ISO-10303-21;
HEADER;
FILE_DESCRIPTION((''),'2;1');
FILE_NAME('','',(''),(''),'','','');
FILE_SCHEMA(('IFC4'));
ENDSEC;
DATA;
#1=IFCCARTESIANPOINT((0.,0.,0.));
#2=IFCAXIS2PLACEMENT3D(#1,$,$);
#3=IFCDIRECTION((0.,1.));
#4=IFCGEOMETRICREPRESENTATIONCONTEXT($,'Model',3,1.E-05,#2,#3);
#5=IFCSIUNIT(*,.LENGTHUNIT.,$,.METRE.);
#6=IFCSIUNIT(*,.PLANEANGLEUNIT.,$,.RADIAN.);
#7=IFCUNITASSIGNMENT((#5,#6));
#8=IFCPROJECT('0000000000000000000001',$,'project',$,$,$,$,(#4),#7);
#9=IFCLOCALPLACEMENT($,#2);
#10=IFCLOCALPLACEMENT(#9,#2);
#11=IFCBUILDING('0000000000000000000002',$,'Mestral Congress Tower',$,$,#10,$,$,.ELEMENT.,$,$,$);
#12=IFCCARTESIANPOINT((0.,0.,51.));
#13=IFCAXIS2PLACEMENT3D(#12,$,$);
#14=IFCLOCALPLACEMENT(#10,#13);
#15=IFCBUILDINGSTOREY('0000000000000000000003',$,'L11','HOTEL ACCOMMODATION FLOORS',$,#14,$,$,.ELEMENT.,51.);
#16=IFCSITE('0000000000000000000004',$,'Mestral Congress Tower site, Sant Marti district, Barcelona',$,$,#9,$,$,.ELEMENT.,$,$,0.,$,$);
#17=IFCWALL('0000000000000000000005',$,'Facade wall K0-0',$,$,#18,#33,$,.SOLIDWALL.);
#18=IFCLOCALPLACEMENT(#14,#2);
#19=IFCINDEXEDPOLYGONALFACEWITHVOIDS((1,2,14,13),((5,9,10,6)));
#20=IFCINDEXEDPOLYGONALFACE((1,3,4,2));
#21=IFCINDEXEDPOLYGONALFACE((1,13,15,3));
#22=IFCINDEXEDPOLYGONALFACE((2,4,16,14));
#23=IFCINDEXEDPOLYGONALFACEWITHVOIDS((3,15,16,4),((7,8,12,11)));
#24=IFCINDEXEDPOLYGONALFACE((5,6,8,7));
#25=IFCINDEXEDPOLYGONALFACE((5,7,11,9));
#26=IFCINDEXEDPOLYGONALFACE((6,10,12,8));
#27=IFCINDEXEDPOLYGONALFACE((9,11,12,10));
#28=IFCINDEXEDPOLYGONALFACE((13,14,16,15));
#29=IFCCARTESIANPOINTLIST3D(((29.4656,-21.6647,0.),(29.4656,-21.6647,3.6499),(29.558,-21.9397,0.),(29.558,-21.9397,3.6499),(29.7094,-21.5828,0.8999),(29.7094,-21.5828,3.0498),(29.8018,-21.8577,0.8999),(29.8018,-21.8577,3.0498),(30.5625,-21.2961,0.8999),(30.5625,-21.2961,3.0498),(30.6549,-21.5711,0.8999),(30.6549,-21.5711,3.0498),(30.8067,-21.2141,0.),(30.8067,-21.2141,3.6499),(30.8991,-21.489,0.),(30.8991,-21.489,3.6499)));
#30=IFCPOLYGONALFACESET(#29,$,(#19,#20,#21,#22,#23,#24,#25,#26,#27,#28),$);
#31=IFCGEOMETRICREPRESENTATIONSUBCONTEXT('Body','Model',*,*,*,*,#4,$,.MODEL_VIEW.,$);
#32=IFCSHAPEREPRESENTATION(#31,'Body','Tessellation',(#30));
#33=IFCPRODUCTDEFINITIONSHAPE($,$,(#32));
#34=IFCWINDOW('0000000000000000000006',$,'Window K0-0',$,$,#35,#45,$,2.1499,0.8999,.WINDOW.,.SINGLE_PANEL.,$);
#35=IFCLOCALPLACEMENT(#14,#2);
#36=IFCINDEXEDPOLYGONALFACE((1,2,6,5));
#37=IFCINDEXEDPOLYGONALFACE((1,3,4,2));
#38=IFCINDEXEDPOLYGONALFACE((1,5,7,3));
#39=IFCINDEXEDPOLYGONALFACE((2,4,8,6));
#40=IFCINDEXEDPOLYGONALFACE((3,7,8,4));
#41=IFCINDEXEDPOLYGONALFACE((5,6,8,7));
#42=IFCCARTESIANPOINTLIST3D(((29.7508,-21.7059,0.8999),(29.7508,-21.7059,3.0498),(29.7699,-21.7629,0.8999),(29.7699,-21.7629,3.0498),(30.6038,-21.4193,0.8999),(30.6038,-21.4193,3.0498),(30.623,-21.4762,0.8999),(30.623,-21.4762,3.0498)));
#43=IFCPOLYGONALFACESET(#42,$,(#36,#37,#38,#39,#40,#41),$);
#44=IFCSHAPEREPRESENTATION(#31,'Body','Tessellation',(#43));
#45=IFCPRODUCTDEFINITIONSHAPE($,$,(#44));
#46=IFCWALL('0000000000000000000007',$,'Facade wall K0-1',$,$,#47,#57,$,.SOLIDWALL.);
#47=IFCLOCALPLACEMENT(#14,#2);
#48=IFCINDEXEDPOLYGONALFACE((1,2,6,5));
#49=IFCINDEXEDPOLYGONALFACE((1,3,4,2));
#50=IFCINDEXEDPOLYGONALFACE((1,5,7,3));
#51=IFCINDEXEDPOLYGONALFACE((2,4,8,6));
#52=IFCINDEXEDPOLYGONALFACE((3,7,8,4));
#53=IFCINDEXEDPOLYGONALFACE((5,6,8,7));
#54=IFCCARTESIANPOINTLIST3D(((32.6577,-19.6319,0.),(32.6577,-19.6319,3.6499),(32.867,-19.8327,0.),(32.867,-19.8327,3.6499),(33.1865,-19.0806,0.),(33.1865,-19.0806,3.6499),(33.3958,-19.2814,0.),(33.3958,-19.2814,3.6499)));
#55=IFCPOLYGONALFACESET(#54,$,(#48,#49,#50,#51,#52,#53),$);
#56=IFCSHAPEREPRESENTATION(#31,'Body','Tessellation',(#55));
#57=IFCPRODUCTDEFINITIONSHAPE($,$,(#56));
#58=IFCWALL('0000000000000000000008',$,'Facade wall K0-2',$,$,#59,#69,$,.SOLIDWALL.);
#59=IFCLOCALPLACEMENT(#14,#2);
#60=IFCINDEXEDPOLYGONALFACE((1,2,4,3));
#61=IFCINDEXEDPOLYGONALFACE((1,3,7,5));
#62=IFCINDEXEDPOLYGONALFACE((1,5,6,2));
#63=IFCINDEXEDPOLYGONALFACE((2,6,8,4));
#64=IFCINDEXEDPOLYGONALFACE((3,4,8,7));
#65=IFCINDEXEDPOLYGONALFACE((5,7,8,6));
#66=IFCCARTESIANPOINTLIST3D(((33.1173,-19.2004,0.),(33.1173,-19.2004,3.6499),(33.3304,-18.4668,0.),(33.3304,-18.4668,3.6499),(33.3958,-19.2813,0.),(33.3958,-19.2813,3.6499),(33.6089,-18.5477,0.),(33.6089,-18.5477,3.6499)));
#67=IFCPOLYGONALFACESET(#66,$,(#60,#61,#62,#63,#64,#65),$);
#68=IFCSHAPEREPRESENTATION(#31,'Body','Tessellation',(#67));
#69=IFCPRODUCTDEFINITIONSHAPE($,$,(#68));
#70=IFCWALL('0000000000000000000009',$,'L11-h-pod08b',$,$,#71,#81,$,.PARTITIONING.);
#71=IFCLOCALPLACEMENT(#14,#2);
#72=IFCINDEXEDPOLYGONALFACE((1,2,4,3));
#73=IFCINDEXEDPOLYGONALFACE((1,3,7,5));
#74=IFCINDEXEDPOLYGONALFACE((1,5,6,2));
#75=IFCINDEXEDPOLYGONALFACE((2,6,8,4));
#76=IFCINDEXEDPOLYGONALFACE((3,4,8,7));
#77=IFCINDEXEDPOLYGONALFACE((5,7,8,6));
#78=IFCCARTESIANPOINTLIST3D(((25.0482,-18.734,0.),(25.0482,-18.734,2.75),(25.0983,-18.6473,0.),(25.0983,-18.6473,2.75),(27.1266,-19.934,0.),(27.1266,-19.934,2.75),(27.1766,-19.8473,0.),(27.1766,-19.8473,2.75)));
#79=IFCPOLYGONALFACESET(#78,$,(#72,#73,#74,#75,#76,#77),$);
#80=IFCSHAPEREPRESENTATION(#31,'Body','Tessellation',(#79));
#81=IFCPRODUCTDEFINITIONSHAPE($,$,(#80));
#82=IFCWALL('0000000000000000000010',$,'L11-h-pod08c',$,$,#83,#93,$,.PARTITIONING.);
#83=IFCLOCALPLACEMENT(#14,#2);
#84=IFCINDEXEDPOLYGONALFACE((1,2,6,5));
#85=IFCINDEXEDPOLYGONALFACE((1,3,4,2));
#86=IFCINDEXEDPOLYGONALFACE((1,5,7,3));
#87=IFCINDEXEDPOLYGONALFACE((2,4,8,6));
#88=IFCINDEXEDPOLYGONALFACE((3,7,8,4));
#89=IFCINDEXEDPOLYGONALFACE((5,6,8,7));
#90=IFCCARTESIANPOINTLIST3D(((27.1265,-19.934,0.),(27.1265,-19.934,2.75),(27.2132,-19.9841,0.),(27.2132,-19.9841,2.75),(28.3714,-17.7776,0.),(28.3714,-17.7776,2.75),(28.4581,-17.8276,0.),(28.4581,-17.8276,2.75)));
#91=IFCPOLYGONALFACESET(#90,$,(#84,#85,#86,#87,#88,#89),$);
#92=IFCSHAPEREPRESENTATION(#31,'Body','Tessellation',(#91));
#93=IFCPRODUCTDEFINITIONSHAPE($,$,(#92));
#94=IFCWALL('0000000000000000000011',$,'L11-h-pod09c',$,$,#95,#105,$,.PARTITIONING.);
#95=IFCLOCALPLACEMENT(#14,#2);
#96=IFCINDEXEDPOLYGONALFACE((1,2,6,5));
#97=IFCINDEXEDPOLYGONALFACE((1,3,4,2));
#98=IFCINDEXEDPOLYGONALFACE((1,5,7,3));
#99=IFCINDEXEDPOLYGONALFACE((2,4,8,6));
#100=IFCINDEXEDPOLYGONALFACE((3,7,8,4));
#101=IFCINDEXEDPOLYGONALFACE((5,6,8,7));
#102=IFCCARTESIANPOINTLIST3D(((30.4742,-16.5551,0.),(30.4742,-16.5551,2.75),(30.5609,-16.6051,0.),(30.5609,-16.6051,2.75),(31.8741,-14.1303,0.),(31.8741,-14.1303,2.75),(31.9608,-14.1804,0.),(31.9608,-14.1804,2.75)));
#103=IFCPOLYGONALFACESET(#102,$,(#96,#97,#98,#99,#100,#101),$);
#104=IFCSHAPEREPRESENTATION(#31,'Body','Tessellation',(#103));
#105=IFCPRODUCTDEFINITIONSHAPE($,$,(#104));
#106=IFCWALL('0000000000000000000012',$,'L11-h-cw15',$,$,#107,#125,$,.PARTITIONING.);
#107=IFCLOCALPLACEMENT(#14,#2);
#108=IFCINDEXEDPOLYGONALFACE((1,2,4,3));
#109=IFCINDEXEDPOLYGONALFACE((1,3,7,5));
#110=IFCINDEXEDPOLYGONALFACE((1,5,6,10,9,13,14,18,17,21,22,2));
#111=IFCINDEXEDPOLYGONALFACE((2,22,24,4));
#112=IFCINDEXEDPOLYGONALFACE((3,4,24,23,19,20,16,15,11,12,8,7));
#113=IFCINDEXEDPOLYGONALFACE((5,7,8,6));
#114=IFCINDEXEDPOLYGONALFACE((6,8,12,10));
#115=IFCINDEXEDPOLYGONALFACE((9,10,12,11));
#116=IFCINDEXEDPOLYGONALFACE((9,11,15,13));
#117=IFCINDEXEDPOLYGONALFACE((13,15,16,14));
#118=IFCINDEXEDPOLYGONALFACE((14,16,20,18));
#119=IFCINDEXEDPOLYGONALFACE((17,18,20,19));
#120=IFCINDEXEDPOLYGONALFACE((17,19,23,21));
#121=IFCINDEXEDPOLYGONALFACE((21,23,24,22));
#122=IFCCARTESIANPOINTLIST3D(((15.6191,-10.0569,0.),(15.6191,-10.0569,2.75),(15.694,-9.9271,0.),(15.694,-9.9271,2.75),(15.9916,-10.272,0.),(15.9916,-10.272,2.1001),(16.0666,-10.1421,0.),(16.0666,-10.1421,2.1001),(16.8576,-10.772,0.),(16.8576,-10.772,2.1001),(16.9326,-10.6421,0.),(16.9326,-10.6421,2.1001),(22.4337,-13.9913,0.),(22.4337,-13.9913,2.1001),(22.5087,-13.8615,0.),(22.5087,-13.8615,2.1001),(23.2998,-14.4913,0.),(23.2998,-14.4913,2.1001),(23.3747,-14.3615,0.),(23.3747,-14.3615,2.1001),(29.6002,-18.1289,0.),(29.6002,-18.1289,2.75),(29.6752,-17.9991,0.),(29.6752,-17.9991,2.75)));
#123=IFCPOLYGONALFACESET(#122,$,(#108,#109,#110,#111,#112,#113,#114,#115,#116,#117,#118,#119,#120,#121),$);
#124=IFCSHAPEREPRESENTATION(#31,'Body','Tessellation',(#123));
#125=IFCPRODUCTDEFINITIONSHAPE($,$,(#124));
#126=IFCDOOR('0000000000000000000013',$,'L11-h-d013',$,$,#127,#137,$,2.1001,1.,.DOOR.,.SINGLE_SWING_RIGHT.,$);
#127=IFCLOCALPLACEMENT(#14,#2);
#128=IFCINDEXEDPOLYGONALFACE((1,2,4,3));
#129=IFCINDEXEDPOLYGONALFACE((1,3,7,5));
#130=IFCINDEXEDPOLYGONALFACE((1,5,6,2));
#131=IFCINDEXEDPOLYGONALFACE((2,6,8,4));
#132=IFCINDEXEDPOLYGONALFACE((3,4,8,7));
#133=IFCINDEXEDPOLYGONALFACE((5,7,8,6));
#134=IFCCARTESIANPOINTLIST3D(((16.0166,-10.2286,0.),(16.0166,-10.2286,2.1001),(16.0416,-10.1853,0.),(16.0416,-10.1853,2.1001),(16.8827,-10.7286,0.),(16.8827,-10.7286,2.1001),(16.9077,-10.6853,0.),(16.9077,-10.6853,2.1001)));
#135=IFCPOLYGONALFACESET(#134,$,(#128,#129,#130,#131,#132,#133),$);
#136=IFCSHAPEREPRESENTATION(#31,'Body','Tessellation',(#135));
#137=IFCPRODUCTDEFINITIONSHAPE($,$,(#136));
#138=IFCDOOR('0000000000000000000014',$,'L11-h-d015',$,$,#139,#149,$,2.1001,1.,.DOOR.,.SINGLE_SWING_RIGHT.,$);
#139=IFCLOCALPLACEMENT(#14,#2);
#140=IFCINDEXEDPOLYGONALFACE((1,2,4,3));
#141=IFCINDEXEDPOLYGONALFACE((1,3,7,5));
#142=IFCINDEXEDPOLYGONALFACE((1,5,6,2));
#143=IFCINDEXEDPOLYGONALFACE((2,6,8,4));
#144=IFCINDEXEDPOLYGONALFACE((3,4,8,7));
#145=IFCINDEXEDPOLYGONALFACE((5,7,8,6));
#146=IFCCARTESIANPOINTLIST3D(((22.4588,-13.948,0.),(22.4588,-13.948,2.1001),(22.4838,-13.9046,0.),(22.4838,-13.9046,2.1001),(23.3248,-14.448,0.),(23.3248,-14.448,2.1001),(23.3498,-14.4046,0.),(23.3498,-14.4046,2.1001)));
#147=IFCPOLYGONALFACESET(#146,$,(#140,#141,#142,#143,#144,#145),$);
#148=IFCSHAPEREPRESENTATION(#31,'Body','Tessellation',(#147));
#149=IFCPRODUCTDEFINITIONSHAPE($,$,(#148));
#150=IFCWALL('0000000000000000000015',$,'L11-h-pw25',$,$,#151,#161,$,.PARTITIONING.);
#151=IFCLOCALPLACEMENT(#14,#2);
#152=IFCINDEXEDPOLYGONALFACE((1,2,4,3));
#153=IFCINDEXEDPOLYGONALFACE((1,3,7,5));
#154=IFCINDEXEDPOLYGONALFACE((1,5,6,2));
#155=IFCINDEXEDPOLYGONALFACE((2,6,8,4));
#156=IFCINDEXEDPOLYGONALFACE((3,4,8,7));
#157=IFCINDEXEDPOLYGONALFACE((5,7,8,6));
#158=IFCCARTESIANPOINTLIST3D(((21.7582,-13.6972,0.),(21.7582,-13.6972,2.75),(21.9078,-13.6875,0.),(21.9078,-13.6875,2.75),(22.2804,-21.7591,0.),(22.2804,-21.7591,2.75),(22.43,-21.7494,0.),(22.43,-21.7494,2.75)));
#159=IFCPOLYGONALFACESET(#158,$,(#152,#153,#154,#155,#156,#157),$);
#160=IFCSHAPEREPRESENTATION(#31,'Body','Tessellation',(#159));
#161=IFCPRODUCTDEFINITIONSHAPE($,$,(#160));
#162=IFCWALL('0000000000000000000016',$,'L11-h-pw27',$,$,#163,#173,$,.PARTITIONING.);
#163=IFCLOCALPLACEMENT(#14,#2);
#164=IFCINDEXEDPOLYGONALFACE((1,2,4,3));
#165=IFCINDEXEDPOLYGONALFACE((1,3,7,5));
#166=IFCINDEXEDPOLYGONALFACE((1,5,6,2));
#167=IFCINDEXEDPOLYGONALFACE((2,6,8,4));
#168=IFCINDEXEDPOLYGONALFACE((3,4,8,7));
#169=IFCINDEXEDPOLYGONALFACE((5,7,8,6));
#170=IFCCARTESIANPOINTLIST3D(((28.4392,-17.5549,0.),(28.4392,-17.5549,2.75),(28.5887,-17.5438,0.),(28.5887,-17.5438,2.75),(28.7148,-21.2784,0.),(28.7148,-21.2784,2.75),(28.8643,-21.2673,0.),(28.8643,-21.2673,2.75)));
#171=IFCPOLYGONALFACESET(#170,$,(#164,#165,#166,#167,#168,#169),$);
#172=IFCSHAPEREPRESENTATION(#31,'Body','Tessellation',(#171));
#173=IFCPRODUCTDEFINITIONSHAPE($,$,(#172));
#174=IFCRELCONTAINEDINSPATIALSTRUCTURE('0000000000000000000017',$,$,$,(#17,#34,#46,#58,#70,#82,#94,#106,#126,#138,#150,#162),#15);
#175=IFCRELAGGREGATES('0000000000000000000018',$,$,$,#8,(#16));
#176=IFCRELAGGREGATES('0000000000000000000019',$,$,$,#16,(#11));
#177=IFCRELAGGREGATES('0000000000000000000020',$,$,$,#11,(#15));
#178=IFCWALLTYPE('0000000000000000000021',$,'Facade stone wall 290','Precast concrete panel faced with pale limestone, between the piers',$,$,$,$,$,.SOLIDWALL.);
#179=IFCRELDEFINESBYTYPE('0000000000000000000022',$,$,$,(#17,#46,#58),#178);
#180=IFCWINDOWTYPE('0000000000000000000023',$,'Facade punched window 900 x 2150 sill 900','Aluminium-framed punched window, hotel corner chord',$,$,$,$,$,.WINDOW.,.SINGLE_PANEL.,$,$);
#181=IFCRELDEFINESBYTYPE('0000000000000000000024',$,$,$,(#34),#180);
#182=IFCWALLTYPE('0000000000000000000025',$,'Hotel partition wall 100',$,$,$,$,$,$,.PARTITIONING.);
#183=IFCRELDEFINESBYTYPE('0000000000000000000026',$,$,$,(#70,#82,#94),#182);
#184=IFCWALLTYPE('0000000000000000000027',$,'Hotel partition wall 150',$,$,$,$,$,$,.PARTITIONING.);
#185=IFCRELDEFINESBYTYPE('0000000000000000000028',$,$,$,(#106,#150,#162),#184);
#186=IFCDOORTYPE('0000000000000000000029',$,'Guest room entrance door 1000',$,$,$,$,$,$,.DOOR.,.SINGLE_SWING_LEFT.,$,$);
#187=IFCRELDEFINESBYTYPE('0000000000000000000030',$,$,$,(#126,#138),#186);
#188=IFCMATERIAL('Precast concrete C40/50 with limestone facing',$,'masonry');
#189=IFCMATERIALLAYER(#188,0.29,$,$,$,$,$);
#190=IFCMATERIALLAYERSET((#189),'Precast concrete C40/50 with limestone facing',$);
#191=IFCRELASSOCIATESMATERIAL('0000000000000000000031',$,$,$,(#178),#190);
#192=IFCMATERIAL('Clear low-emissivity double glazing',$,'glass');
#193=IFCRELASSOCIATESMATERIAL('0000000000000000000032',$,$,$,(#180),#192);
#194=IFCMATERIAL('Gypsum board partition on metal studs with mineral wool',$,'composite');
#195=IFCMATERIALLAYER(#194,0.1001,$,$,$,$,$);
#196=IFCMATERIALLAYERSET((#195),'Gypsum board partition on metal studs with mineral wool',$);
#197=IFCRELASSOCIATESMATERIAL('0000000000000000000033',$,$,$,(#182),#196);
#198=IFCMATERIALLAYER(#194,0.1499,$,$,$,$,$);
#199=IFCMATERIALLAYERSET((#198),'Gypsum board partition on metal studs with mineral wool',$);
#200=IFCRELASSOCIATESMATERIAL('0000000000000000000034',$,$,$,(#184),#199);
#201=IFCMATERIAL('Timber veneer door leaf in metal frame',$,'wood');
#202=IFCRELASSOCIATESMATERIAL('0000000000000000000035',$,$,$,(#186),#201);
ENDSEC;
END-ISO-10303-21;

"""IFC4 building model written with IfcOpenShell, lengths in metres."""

from ifc_helpers import new_model, si_unit, direction, frame, frame_2d, origin, place, context, subcontext, project, spatial, rectangle, extrude, material, layer, layer_set, type_object, element, fill, save


model = new_model("IFC4")

# Units and contexts
model_context = context("Model", 3, precision=1e-05, world=origin(), true_north=direction((0.0, 1.0)))
body_context = subcontext(model_context, "Body", "Model", "MODEL_VIEW")
ifc_project = project(units=[si_unit("LENGTHUNIT", "METRE"), si_unit("PLANEANGLEUNIT", "RADIAN")], contexts=[model_context])

# Site, building, storey
site_placement = place(None, origin())
site = spatial("IfcSite", under=ifc_project, at=site_placement, Name="Mestral Congress Tower site, Sant Marti district, Barcelona", CompositionType="ELEMENT", RefElevation=0.0)
building_placement = place(site_placement, origin())
building = spatial("IfcBuilding", under=site, at=building_placement, Name="Mestral Congress Tower", CompositionType="ELEMENT")
storey_placement = place(building_placement, frame((0.0, 0.0, 51.0)))
storey = spatial("IfcBuildingStorey", under=building, at=storey_placement, Name="L11", Description="HOTEL ACCOMMODATION FLOORS", CompositionType="ELEMENT", Elevation=51.0)

# Shared definitions
ifc_material_1 = material(Name="Precast concrete C40/50 with limestone facing", Category="masonry")
ifc_layer_1 = layer(ifc_material_1, 0.29)
ifc_layer_set_1 = layer_set([ifc_layer_1], Name="Precast concrete C40/50 with limestone facing")
wall_type_1 = type_object("IfcWallType", Name="Facade stone wall 290", Description="Precast concrete panel faced with pale limestone, between the piers", PredefinedType="SOLIDWALL", material=ifc_layer_set_1)
ifc_material_2 = material(Name="Clear low-emissivity double glazing", Category="glass")

# Wall, opening, window
wall_1_placement = place(storey_placement, frame((29.5117, -21.8022, 0.0), z_axis=(0.0, 0.0, 1.0), x_axis=(0.947904, 0.318556, 0.0)))
wall_1 = element("IfcWall", 1, at=wall_1_placement, inside=storey, type_object=wall_type_1, Name="Facade wall K0-0", PredefinedType="SOLIDWALL", context=body_context, shape_type="SweptSolid", body=[
    extrude(rectangle(XDim=1.4148, YDim=0.29, at=frame_2d((0.7075, 0.0))), origin(), (0.0, 0.0, 1.0), 3.6499),
])
opening_1_placement = place(wall_1_placement, frame((0.2573, 0.0, 0.8999)))
opening_1 = element("IfcOpeningElement", 2, at=opening_1_placement, cuts=wall_1, PredefinedType="OPENING", context=body_context, shape_type="SweptSolid", body=[
    extrude(rectangle(XDim=0.8999, YDim=2.1499, at=frame_2d((0.45, 1.075))), frame((0.0, 0.155, 0.0), z_axis=(0.0, -1.0, 0.0), x_axis=(1.0, 0.0, 0.0)), (0.0, 0.0, 1.0), 0.3101),
])
window_type_1 = type_object("IfcWindowType", Name="Facade punched window 900 x 2150 sill 900", Description="Aluminium-framed punched window, hotel corner chord", PartitioningType="SINGLE_PANEL", PredefinedType="WINDOW", material=ifc_material_2)
window_1_placement = place(opening_1_placement, origin())
window_1 = element("IfcWindow", 3, at=window_1_placement, inside=storey, type_object=window_type_1, Name="Window K0-0", OverallHeight=2.1499, OverallWidth=0.8999, PartitioningType="SINGLE_PANEL", PredefinedType="WINDOW", context=body_context, shape_type="SweptSolid", body=[
    extrude(rectangle(XDim=0.8999, YDim=2.1499, at=frame_2d((0.45, 1.075))), frame((0.0, 0.0151, 0.0), z_axis=(0.0, -1.0, 0.0), x_axis=(1.0, 0.0, 0.0)), (0.0, 0.0, 1.0), 0.0601),
])
fill(opening_1, window_1)

# Walls
for number, where, z_axis, x_axis, name in (
    (4, (32.7625, -19.7322, 0.0), (0.0, 0.0, 1.0), (0.692252, 0.721656, 0.0), "Facade wall K0-1"),
    (5, (33.2566, -19.2407, 0.0), (0.0, 0.0, 1.0), (0.278981, 0.960297, 0.0), "Facade wall K0-2"),
):
    element("IfcWall", number, at=place(storey_placement, frame(where, z_axis=z_axis, x_axis=x_axis)), inside=storey, type_object=wall_type_1, Name=name, PredefinedType="SOLIDWALL", context=body_context, shape_type="SweptSolid", body=[
        extrude(rectangle(XDim=0.7639, YDim=0.29, at=frame_2d((0.3818, 0.0))), origin(), (0.0, 0.0, 1.0), 3.6499),
    ])
ifc_material_3 = material(Name="Gypsum board partition on metal studs with mineral wool", Category="composite")
ifc_layer_2 = layer(ifc_material_3, 0.1001)
ifc_layer_set_2 = layer_set([ifc_layer_2], Name="Gypsum board partition on metal studs with mineral wool")
wall_type_2 = type_object("IfcWallType", Name="Hotel partition wall 100", PredefinedType="PARTITIONING", material=ifc_layer_set_2)
wall_2_placement = place(storey_placement, frame((25.0732, -18.6907, 0.0), z_axis=(0.0, 0.0, 1.0), x_axis=(0.866025, -0.500001, 0.0)))
element("IfcWall", 6, at=wall_2_placement, inside=storey, type_object=wall_type_2, Name="L11-h-pod08b", PredefinedType="PARTITIONING", context=body_context, shape_type="SweptSolid", body=[
    extrude(rectangle(XDim=2.3999, YDim=0.1001, at=frame_2d((1.2, 0.0))), origin(), (0.0, 0.0, 1.0), 2.75),
])
wall_3_placement = place(storey_placement, frame((28.4148, -17.8025, 0.0), z_axis=(0.0, 0.0, 1.0), x_axis=(-0.499946, -0.866057, 0.0)))
element("IfcWall", 7, at=wall_3_placement, inside=storey, type_object=wall_type_2, Name="L11-h-pod08c", PredefinedType="PARTITIONING", context=body_context, shape_type="SweptSolid", body=[
    extrude(rectangle(XDim=2.49, YDim=0.1001, at=frame_2d((1.2451, 0.0))), origin(), (0.0, 0.0, 1.0), 2.75),
])
wall_4_placement = place(storey_placement, frame((30.5176, -16.5801, 0.0), z_axis=(0.0, 0.0, 1.0), x_axis=(0.499984, 0.866035, 0.0)))
element("IfcWall", 8, at=wall_4_placement, inside=storey, type_object=wall_type_2, Name="L11-h-pod09c", PredefinedType="PARTITIONING", context=body_context, shape_type="SweptSolid", body=[
    extrude(rectangle(XDim=2.7998, YDim=0.1001, at=frame_2d((1.3999, 0.0))), origin(), (0.0, 0.0, 1.0), 2.75),
])

# Wall, openings, doors
ifc_layer_3 = layer(ifc_material_3, 0.1499)
ifc_layer_set_3 = layer_set([ifc_layer_3], Name="Gypsum board partition on metal studs with mineral wool")
wall_type_3 = type_object("IfcWallType", Name="Hotel partition wall 150", PredefinedType="PARTITIONING", material=ifc_layer_set_3)
wall_5_placement = place(storey_placement, frame((29.6377, -18.064, 0.0), z_axis=(0.0, 0.0, 1.0), x_axis=(-0.866026, 0.499999, 0.0)))
wall_5 = element("IfcWall", 9, at=wall_5_placement, inside=storey, type_object=wall_type_3, Name="L11-h-cw15", PredefinedType="PARTITIONING", context=body_context, shape_type="SweptSolid", body=[
    extrude(rectangle(XDim=16.144, YDim=0.1499, at=frame_2d((8.072, 0.0))), origin(), (0.0, 0.0, 1.0), 2.75),
])
opening_2_placement = place(wall_5_placement, frame((14.7139, 0.0, 0.0)))
opening_2 = element("IfcOpeningElement", 10, at=opening_2_placement, cuts=wall_5, PredefinedType="OPENING", context=body_context, shape_type="SweptSolid", body=[
    extrude(rectangle(XDim=1.0, YDim=2.1001, at=frame_2d((0.5, 1.05))), frame((0.0, 0.085, 0.0), z_axis=(0.0, -1.0, 0.0), x_axis=(1.0, 0.0, 0.0)), (0.0, 0.0, 1.0), 0.1699),
])
opening_3_placement = place(wall_5_placement, frame((7.2751, 0.0, 0.0)))
opening_3 = element("IfcOpeningElement", 11, at=opening_3_placement, cuts=wall_5, PredefinedType="OPENING", context=body_context, shape_type="SweptSolid", body=[
    extrude(rectangle(XDim=1.0, YDim=2.1001, at=frame_2d((0.5, 1.05))), frame((0.0, 0.085, 0.0), z_axis=(0.0, -1.0, 0.0), x_axis=(1.0, 0.0, 0.0)), (0.0, 0.0, 1.0), 0.1699),
])
ifc_material_4 = material(Name="Timber veneer door leaf in metal frame", Category="wood")
door_type = type_object("IfcDoorType", Name="Guest room entrance door 1000", OperationType="SINGLE_SWING_LEFT", PredefinedType="DOOR", material=ifc_material_4)
door_1_placement = place(opening_2_placement, origin())
door_1 = element("IfcDoor", 12, at=door_1_placement, inside=storey, type_object=door_type, Name="L11-h-d013", OperationType="SINGLE_SWING_RIGHT", OverallHeight=2.1001, OverallWidth=1.0, PredefinedType="DOOR", context=body_context, shape_type="SweptSolid", body=[
    extrude(rectangle(XDim=1.0, YDim=2.1001, at=frame_2d((0.5, 1.05))), frame((0.0, 0.0249, 0.0), z_axis=(0.0, -1.0, 0.0), x_axis=(1.0, 0.0, 0.0)), (0.0, 0.0, 1.0), 0.05),
])
fill(opening_2, door_1)
door_2_placement = place(opening_3_placement, origin())
door_2 = element("IfcDoor", 13, at=door_2_placement, inside=storey, type_object=door_type, Name="L11-h-d015", OperationType="SINGLE_SWING_RIGHT", OverallHeight=2.1001, OverallWidth=1.0, PredefinedType="DOOR", context=body_context, shape_type="SweptSolid", body=[
    extrude(rectangle(XDim=1.0, YDim=2.1001, at=frame_2d((0.5, 1.05))), frame((0.0, 0.0249, 0.0), z_axis=(0.0, -1.0, 0.0), x_axis=(1.0, 0.0, 0.0)), (0.0, 0.0, 1.0), 0.05),
])
fill(opening_3, door_2)

# Walls
wall_6_placement = place(storey_placement, frame((22.3552, -21.7544, 0.0), z_axis=(0.0, 0.0, 1.0), x_axis=(-0.06464, 0.997909, 0.0)))
element("IfcWall", 14, at=wall_6_placement, inside=storey, type_object=wall_type_3, Name="L11-h-pw25", PredefinedType="PARTITIONING", context=body_context, shape_type="SweptSolid", body=[
    extrude(rectangle(XDim=8.0789, YDim=0.1499, at=frame_2d((4.0396, 0.0))), origin(), (0.0, 0.0, 1.0), 2.75),
])
wall_7_placement = place(storey_placement, frame((28.7896, -21.2727, 0.0), z_axis=(0.0, 0.0, 1.0), x_axis=(-0.073826, 0.997271, 0.0)))
element("IfcWall", 15, at=wall_7_placement, inside=storey, type_object=wall_type_3, Name="L11-h-pw27", PredefinedType="PARTITIONING", context=body_context, shape_type="SweptSolid", body=[
    extrude(rectangle(XDim=3.7336, YDim=0.1499, at=frame_2d((1.8667, 0.0))), origin(), (0.0, 0.0, 1.0), 2.75),
])

save(model, "model.ifc")
